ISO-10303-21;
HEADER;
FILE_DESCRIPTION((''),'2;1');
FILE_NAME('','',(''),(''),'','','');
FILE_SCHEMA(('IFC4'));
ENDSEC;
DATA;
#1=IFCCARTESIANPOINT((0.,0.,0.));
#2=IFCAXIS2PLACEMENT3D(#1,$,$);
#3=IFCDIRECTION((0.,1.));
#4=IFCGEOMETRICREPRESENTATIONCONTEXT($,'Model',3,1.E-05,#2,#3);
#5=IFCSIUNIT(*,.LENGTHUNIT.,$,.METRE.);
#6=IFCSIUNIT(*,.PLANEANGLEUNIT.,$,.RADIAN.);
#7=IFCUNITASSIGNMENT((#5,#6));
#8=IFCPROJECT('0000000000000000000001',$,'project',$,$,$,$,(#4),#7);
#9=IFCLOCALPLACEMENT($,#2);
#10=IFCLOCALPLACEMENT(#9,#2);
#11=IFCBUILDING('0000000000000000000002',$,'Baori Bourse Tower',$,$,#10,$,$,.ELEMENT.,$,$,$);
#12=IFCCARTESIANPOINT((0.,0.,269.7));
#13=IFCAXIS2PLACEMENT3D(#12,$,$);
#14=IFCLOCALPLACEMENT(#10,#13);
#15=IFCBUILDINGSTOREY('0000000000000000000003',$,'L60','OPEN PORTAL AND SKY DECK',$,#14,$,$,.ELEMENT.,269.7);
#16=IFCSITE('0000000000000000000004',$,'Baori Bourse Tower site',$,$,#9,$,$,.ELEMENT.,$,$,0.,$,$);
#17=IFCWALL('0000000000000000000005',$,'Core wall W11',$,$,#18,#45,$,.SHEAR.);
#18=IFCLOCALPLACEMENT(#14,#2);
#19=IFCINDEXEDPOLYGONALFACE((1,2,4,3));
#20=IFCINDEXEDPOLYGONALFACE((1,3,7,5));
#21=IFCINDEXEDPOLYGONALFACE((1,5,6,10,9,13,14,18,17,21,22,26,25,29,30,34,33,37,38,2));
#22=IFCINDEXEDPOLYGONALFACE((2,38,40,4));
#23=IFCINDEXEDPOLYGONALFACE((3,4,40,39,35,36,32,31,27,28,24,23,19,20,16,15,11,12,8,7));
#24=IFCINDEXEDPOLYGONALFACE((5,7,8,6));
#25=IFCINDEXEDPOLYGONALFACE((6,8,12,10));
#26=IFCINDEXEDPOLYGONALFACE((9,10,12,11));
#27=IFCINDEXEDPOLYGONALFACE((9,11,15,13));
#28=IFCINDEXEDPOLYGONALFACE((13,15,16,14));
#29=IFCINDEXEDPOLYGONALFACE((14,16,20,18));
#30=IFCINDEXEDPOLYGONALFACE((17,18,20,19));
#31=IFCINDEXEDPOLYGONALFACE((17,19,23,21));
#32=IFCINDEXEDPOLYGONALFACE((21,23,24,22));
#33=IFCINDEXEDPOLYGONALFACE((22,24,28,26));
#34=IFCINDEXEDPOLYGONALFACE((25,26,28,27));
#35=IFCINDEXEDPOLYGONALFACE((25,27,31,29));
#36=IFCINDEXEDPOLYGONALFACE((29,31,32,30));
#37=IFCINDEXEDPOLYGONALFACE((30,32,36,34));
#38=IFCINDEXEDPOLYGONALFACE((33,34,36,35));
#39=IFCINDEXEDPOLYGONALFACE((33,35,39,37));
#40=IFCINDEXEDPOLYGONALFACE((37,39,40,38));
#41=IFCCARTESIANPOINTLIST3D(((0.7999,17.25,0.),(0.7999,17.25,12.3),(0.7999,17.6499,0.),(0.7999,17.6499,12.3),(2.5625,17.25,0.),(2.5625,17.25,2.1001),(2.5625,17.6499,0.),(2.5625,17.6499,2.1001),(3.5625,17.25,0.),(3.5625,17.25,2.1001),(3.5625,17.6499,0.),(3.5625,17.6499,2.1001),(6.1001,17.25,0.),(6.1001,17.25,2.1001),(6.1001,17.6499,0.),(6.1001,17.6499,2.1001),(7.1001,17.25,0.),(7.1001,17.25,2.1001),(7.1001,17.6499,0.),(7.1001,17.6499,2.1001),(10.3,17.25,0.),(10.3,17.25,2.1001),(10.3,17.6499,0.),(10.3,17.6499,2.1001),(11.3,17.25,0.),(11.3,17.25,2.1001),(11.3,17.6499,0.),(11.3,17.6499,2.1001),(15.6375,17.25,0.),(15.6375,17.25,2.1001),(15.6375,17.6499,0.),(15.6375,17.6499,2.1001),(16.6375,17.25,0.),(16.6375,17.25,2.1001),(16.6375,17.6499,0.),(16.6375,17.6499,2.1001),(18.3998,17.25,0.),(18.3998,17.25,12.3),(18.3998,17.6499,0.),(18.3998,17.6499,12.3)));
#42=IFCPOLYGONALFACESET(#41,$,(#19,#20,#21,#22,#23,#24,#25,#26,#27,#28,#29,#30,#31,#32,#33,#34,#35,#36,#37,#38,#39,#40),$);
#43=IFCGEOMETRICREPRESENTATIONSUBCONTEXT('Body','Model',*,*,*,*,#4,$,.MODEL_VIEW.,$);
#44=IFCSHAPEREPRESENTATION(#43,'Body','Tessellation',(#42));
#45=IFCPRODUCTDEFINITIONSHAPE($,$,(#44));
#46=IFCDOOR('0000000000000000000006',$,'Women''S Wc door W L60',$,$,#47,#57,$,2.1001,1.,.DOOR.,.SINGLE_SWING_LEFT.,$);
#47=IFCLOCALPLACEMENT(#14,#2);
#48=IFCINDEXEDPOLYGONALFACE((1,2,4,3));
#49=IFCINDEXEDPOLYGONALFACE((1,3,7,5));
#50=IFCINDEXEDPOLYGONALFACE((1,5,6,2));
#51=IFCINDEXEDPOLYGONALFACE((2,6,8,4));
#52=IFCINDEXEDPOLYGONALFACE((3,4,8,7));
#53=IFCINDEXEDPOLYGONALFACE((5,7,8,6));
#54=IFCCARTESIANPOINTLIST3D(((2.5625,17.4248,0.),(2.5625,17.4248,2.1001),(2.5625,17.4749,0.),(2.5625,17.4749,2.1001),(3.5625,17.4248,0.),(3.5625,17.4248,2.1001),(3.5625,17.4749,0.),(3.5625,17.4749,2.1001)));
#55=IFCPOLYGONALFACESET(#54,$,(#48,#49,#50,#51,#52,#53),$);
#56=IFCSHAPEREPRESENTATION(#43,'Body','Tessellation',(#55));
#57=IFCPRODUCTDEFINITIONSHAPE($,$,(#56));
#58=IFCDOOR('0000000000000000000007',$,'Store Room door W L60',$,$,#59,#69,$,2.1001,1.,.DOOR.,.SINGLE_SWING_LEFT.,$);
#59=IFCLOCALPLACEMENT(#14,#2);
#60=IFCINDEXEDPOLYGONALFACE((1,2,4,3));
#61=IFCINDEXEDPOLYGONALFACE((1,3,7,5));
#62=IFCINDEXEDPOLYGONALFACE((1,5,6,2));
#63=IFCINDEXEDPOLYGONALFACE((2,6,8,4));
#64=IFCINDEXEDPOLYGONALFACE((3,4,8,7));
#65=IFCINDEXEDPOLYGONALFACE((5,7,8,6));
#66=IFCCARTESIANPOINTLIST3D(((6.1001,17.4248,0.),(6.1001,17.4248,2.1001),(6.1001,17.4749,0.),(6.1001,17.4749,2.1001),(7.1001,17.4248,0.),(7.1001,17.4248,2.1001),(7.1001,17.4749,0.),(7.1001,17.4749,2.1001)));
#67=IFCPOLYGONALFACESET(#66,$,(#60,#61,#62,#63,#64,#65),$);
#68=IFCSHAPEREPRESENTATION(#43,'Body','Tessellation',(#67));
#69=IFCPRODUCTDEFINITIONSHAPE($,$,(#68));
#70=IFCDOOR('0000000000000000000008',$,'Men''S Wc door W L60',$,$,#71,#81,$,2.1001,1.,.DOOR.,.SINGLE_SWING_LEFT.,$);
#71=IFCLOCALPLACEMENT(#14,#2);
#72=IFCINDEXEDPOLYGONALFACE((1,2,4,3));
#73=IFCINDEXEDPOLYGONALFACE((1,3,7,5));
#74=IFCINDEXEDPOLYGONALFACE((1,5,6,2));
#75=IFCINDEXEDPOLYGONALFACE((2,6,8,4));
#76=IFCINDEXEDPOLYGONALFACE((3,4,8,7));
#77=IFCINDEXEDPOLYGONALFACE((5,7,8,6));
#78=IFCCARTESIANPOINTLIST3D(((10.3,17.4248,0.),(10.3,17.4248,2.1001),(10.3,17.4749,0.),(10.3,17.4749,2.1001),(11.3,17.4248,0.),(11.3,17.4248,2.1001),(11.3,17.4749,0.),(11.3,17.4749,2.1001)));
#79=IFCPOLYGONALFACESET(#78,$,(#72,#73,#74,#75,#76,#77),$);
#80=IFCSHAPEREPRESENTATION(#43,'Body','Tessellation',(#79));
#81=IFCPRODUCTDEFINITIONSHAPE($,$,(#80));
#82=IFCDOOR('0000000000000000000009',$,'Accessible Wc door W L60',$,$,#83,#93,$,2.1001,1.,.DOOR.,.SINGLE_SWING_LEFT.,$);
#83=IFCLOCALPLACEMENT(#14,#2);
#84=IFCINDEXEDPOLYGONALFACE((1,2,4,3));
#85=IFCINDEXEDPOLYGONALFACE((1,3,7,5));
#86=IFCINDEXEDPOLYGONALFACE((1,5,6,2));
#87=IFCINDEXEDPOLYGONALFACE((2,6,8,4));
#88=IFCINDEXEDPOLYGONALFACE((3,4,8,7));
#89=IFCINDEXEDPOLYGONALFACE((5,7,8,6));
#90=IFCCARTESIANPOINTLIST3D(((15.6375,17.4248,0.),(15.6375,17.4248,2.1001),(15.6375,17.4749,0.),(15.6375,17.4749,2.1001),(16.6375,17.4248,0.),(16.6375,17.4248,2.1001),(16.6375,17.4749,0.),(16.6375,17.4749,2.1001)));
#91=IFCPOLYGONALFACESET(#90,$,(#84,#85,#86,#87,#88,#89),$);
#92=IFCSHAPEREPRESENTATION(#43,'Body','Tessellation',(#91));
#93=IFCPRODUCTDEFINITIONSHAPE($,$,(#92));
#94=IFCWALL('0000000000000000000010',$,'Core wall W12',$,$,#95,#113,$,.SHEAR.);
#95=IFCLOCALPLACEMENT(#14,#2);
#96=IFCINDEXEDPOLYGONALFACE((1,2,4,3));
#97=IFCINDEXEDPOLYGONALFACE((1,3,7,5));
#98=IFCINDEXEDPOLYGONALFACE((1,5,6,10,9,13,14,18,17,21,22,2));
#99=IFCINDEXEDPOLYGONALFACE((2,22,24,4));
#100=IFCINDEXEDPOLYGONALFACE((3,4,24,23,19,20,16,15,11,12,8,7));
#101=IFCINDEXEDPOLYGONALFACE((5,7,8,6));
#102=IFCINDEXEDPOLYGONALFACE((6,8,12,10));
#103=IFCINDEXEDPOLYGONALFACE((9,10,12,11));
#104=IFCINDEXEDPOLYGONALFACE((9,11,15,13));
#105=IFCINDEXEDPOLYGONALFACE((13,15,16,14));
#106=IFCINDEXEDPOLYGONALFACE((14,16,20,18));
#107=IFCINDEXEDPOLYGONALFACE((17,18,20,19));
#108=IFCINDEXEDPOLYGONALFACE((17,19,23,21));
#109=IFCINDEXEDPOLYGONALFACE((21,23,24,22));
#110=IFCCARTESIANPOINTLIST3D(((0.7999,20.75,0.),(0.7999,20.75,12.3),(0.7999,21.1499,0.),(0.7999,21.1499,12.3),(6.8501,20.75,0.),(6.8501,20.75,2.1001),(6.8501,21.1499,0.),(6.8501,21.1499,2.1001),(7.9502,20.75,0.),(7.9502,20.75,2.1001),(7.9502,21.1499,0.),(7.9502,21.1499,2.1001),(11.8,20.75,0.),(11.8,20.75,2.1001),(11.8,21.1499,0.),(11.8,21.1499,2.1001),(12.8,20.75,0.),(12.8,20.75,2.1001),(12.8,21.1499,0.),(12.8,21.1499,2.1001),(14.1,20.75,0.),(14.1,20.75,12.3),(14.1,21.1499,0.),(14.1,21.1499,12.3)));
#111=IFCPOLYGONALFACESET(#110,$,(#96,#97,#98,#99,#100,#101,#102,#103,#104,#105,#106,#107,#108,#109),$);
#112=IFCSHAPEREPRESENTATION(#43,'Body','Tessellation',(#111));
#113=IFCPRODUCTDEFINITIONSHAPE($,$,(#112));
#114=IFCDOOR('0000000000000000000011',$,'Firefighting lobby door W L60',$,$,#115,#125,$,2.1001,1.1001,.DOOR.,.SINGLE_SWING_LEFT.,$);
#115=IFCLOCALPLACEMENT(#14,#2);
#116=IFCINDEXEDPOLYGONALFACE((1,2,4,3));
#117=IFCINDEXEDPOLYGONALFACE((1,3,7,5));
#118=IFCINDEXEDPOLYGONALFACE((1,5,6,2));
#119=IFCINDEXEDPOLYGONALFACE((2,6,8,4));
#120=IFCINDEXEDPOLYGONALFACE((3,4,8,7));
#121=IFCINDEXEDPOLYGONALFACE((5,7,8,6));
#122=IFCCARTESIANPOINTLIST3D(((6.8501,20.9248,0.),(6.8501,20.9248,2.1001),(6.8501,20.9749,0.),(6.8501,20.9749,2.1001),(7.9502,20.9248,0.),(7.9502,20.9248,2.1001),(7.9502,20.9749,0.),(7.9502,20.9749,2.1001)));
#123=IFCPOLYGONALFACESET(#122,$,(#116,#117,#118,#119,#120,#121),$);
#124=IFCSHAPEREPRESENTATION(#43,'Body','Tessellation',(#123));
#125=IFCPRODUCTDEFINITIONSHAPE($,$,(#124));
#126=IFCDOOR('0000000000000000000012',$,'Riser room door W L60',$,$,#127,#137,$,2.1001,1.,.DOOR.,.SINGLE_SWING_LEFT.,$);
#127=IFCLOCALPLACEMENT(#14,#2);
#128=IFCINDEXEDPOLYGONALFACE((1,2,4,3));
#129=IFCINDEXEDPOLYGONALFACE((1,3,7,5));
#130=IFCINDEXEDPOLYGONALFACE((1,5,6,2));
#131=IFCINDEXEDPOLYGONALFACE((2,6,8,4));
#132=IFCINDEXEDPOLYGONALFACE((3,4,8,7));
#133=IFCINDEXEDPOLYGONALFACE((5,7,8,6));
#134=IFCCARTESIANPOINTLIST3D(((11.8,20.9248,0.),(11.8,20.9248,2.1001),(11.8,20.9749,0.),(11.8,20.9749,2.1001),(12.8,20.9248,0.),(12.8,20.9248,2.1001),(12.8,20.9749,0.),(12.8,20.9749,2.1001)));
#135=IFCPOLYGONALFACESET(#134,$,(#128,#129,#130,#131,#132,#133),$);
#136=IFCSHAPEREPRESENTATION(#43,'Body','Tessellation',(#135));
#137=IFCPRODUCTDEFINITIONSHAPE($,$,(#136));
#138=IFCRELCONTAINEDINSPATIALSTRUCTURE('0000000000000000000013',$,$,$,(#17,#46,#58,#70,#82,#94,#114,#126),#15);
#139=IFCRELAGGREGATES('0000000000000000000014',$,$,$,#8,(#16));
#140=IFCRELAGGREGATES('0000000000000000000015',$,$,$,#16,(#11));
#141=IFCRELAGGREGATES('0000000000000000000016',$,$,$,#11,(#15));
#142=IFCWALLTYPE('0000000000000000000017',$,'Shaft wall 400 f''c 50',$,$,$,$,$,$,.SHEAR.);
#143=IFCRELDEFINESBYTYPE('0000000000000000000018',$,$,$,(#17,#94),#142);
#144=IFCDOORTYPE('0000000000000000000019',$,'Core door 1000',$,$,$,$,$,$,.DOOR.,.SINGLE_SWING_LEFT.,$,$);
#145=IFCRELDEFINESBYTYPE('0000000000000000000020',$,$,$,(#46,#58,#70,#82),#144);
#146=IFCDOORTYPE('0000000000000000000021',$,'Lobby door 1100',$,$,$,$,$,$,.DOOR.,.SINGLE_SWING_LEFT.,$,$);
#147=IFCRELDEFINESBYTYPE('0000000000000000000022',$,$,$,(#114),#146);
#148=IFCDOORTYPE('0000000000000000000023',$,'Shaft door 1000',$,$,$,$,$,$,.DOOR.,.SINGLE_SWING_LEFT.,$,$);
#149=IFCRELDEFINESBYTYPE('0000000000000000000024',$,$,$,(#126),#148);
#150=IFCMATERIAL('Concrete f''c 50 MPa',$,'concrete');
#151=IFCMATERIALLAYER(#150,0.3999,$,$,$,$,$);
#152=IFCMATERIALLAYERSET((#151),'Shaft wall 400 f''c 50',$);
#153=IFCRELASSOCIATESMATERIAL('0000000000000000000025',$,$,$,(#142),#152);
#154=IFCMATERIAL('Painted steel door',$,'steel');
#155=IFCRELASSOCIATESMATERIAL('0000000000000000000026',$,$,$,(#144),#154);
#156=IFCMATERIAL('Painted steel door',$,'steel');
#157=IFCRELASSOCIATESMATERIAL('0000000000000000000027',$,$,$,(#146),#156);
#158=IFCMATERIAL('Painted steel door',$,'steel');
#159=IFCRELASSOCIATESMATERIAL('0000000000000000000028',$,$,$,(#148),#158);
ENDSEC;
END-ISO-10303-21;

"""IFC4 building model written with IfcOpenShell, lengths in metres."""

from ifc_helpers import new_model, si_unit, direction, frame, frame_2d, origin, place, context, subcontext, project, spatial, rectangle, extrude, material, layer, layer_set, type_object, element, fill, save


model = new_model("IFC4")

# Units and contexts
model_context = context("Model", 3, precision=1e-05, world=origin(), true_north=direction((0.0, 1.0)))
body_context = subcontext(model_context, "Body", "Model", "MODEL_VIEW")
ifc_project = project(units=[si_unit("LENGTHUNIT", "METRE"), si_unit("PLANEANGLEUNIT", "RADIAN")], contexts=[model_context])

# Site, building, storey
site_placement = place(None, origin())
site = spatial("IfcSite", under=ifc_project, at=site_placement, Name="Baori Bourse Tower site", CompositionType="ELEMENT", RefElevation=0.0)
building_placement = place(site_placement, origin())
building = spatial("IfcBuilding", under=site, at=building_placement, Name="Baori Bourse Tower", CompositionType="ELEMENT")
storey_placement = place(building_placement, frame((0.0, 0.0, 269.7)))
storey = spatial("IfcBuildingStorey", under=building, at=storey_placement, Name="L60", Description="OPEN PORTAL AND SKY DECK", CompositionType="ELEMENT", Elevation=269.7)

# Shared definitions
ifc_material_1 = material(Name="Concrete f'c 50 MPa", Category="concrete")
ifc_layer_1 = layer(ifc_material_1, 0.3999)
ifc_layer_set_1 = layer_set([ifc_layer_1], Name="Shaft wall 400 f'c 50")
wall_type_1 = type_object("IfcWallType", Name="Shaft wall 400 f'c 50", PredefinedType="SHEAR", material=ifc_layer_set_1)

# Walls, openings, doors
wall_1_placement = place(storey_placement, frame((0.8, 17.45, 0.0), z_axis=(0.0, 0.0, 1.0), x_axis=(1.0, 0.0, 0.0)))
wall_1 = element("IfcWall", 1, at=wall_1_placement, inside=storey, type_object=wall_type_1, Name="Core wall W11", PredefinedType="SHEAR", context=body_context, shape_type="SweptSolid", body=[
    extrude(rectangle(XDim=17.5999, YDim=0.3999, at=frame_2d((8.7998, 0.0))), origin(), (0.0, 0.0, 1.0), 12.3),
])
opening_1_placement = place(wall_1_placement, frame((1.7625, 0.0, 0.0)))
opening_1 = element("IfcOpeningElement", 2, at=opening_1_placement, cuts=wall_1, PredefinedType="OPENING", context=body_context, shape_type="SweptSolid", body=[
    extrude(rectangle(XDim=1.0, YDim=2.1001, at=frame_2d((0.5, 1.05))), frame((0.0, 0.21, 0.0), z_axis=(0.0, -1.0, 0.0), x_axis=(1.0, 0.0, 0.0)), (0.0, 0.0, 1.0), 0.4199),
])
opening_2_placement = place(wall_1_placement, frame((5.3, 0.0, 0.0)))
opening_2 = element("IfcOpeningElement", 3, at=opening_2_placement, cuts=wall_1, PredefinedType="OPENING", context=body_context, shape_type="SweptSolid", body=[
    extrude(rectangle(XDim=1.0, YDim=2.1001, at=frame_2d((0.5, 1.05))), frame((0.0, 0.21, 0.0), z_axis=(0.0, -1.0, 0.0), x_axis=(1.0, 0.0, 0.0)), (0.0, 0.0, 1.0), 0.4199),
])
opening_3_placement = place(wall_1_placement, frame((9.5, 0.0, 0.0)))
opening_3 = element("IfcOpeningElement", 4, at=opening_3_placement, cuts=wall_1, PredefinedType="OPENING", context=body_context, shape_type="SweptSolid", body=[
    extrude(rectangle(XDim=1.0, YDim=2.1001, at=frame_2d((0.5, 1.05))), frame((0.0, 0.21, 0.0), z_axis=(0.0, -1.0, 0.0), x_axis=(1.0, 0.0, 0.0)), (0.0, 0.0, 1.0), 0.4199),
])
opening_4_placement = place(wall_1_placement, frame((14.8374, 0.0, 0.0)))
opening_4 = element("IfcOpeningElement", 5, at=opening_4_placement, cuts=wall_1, PredefinedType="OPENING", context=body_context, shape_type="SweptSolid", body=[
    extrude(rectangle(XDim=1.0, YDim=2.1001, at=frame_2d((0.5, 1.05))), frame((0.0, 0.21, 0.0), z_axis=(0.0, -1.0, 0.0), x_axis=(1.0, 0.0, 0.0)), (0.0, 0.0, 1.0), 0.4199),
])
ifc_material_2 = material(Name="Painted steel door", Category="steel")
door_type_1 = type_object("IfcDoorType", Name="Core door 1000", OperationType="SINGLE_SWING_LEFT", PredefinedType="DOOR", material=ifc_material_2)
door_1_placement = place(opening_1_placement, origin())
door_1 = element("IfcDoor", 6, at=door_1_placement, inside=storey, type_object=door_type_1, Name="Women'S Wc door W L60", OperationType="SINGLE_SWING_LEFT", OverallHeight=2.1001, OverallWidth=1.0, PredefinedType="DOOR", context=body_context, shape_type="SweptSolid", body=[
    extrude(rectangle(XDim=1.0, YDim=2.1001, at=frame_2d((0.5, 1.05))), frame((0.0, 0.0249, 0.0), z_axis=(0.0, -1.0, 0.0), x_axis=(1.0, 0.0, 0.0)), (0.0, 0.0, 1.0), 0.05),
])
fill(opening_1, door_1)
door_2_placement = place(opening_2_placement, origin())
door_2 = element("IfcDoor", 7, at=door_2_placement, inside=storey, type_object=door_type_1, Name="Store Room door W L60", OperationType="SINGLE_SWING_LEFT", OverallHeight=2.1001, OverallWidth=1.0, PredefinedType="DOOR", context=body_context, shape_type="SweptSolid", body=[
    extrude(rectangle(XDim=1.0, YDim=2.1001, at=frame_2d((0.5, 1.05))), frame((0.0, 0.0249, 0.0), z_axis=(0.0, -1.0, 0.0), x_axis=(1.0, 0.0, 0.0)), (0.0, 0.0, 1.0), 0.05),
])
fill(opening_2, door_2)
door_3_placement = place(opening_3_placement, origin())
door_3 = element("IfcDoor", 8, at=door_3_placement, inside=storey, type_object=door_type_1, Name="Men'S Wc door W L60", OperationType="SINGLE_SWING_LEFT", OverallHeight=2.1001, OverallWidth=1.0, PredefinedType="DOOR", context=body_context, shape_type="SweptSolid", body=[
    extrude(rectangle(XDim=1.0, YDim=2.1001, at=frame_2d((0.5, 1.05))), frame((0.0, 0.0249, 0.0), z_axis=(0.0, -1.0, 0.0), x_axis=(1.0, 0.0, 0.0)), (0.0, 0.0, 1.0), 0.05),
])
fill(opening_3, door_3)
door_4_placement = place(opening_4_placement, origin())
door_4 = element("IfcDoor", 9, at=door_4_placement, inside=storey, type_object=door_type_1, Name="Accessible Wc door W L60", OperationType="SINGLE_SWING_LEFT", OverallHeight=2.1001, OverallWidth=1.0, PredefinedType="DOOR", context=body_context, shape_type="SweptSolid", body=[
    extrude(rectangle(XDim=1.0, YDim=2.1001, at=frame_2d((0.5, 1.05))), frame((0.0, 0.0249, 0.0), z_axis=(0.0, -1.0, 0.0), x_axis=(1.0, 0.0, 0.0)), (0.0, 0.0, 1.0), 0.05),
])
fill(opening_4, door_4)
wall_2_placement = place(storey_placement, frame((0.8, 20.95, 0.0), z_axis=(0.0, 0.0, 1.0), x_axis=(1.0, 0.0, 0.0)))
wall_2 = element("IfcWall", 10, at=wall_2_placement, inside=storey, type_object=wall_type_1, Name="Core wall W12", PredefinedType="SHEAR", context=body_context, shape_type="SweptSolid", body=[
    extrude(rectangle(XDim=13.3, YDim=0.3999, at=frame_2d((6.6499, 0.0))), origin(), (0.0, 0.0, 1.0), 12.3),
])
opening_5_placement = place(wall_2_placement, frame((6.05, 0.0, 0.0)))
opening_5 = element("IfcOpeningElement", 11, at=opening_5_placement, cuts=wall_2, PredefinedType="OPENING", context=body_context, shape_type="SweptSolid", body=[
    extrude(rectangle(XDim=1.1001, YDim=2.1001, at=frame_2d((0.55, 1.05))), frame((0.0, 0.21, 0.0), z_axis=(0.0, -1.0, 0.0), x_axis=(1.0, 0.0, 0.0)), (0.0, 0.0, 1.0), 0.4199),
])
opening_6_placement = place(wall_2_placement, frame((11.0, 0.0, 0.0)))
opening_6 = element("IfcOpeningElement", 12, at=opening_6_placement, cuts=wall_2, PredefinedType="OPENING", context=body_context, shape_type="SweptSolid", body=[
    extrude(rectangle(XDim=1.0, YDim=2.1001, at=frame_2d((0.5, 1.05))), frame((0.0, 0.21, 0.0), z_axis=(0.0, -1.0, 0.0), x_axis=(1.0, 0.0, 0.0)), (0.0, 0.0, 1.0), 0.4199),
])
ifc_material_3 = material(Name="Painted steel door", Category="steel")
door_type_2 = type_object("IfcDoorType", Name="Lobby door 1100", OperationType="SINGLE_SWING_LEFT", PredefinedType="DOOR", material=ifc_material_3)
door_5_placement = place(opening_5_placement, origin())
door_5 = element("IfcDoor", 13, at=door_5_placement, inside=storey, type_object=door_type_2, Name="Firefighting lobby door W L60", OperationType="SINGLE_SWING_LEFT", OverallHeight=2.1001, OverallWidth=1.1001, PredefinedType="DOOR", context=body_context, shape_type="SweptSolid", body=[
    extrude(rectangle(XDim=1.1001, YDim=2.1001, at=frame_2d((0.55, 1.05))), frame((0.0, 0.0249, 0.0), z_axis=(0.0, -1.0, 0.0), x_axis=(1.0, 0.0, 0.0)), (0.0, 0.0, 1.0), 0.05),
])
fill(opening_5, door_5)
ifc_material_4 = material(Name="Painted steel door", Category="steel")
door_type_3 = type_object("IfcDoorType", Name="Shaft door 1000", OperationType="SINGLE_SWING_LEFT", PredefinedType="DOOR", material=ifc_material_4)
door_6_placement = place(opening_6_placement, origin())
door_6 = element("IfcDoor", 14, at=door_6_placement, inside=storey, type_object=door_type_3, Name="Riser room door W L60", OperationType="SINGLE_SWING_LEFT", OverallHeight=2.1001, OverallWidth=1.0, PredefinedType="DOOR", context=body_context, shape_type="SweptSolid", body=[
    extrude(rectangle(XDim=1.0, YDim=2.1001, at=frame_2d((0.5, 1.05))), frame((0.0, 0.0249, 0.0), z_axis=(0.0, -1.0, 0.0), x_axis=(1.0, 0.0, 0.0)), (0.0, 0.0, 1.0), 0.05),
])
fill(opening_6, door_6)

save(model, "model.ifc")
